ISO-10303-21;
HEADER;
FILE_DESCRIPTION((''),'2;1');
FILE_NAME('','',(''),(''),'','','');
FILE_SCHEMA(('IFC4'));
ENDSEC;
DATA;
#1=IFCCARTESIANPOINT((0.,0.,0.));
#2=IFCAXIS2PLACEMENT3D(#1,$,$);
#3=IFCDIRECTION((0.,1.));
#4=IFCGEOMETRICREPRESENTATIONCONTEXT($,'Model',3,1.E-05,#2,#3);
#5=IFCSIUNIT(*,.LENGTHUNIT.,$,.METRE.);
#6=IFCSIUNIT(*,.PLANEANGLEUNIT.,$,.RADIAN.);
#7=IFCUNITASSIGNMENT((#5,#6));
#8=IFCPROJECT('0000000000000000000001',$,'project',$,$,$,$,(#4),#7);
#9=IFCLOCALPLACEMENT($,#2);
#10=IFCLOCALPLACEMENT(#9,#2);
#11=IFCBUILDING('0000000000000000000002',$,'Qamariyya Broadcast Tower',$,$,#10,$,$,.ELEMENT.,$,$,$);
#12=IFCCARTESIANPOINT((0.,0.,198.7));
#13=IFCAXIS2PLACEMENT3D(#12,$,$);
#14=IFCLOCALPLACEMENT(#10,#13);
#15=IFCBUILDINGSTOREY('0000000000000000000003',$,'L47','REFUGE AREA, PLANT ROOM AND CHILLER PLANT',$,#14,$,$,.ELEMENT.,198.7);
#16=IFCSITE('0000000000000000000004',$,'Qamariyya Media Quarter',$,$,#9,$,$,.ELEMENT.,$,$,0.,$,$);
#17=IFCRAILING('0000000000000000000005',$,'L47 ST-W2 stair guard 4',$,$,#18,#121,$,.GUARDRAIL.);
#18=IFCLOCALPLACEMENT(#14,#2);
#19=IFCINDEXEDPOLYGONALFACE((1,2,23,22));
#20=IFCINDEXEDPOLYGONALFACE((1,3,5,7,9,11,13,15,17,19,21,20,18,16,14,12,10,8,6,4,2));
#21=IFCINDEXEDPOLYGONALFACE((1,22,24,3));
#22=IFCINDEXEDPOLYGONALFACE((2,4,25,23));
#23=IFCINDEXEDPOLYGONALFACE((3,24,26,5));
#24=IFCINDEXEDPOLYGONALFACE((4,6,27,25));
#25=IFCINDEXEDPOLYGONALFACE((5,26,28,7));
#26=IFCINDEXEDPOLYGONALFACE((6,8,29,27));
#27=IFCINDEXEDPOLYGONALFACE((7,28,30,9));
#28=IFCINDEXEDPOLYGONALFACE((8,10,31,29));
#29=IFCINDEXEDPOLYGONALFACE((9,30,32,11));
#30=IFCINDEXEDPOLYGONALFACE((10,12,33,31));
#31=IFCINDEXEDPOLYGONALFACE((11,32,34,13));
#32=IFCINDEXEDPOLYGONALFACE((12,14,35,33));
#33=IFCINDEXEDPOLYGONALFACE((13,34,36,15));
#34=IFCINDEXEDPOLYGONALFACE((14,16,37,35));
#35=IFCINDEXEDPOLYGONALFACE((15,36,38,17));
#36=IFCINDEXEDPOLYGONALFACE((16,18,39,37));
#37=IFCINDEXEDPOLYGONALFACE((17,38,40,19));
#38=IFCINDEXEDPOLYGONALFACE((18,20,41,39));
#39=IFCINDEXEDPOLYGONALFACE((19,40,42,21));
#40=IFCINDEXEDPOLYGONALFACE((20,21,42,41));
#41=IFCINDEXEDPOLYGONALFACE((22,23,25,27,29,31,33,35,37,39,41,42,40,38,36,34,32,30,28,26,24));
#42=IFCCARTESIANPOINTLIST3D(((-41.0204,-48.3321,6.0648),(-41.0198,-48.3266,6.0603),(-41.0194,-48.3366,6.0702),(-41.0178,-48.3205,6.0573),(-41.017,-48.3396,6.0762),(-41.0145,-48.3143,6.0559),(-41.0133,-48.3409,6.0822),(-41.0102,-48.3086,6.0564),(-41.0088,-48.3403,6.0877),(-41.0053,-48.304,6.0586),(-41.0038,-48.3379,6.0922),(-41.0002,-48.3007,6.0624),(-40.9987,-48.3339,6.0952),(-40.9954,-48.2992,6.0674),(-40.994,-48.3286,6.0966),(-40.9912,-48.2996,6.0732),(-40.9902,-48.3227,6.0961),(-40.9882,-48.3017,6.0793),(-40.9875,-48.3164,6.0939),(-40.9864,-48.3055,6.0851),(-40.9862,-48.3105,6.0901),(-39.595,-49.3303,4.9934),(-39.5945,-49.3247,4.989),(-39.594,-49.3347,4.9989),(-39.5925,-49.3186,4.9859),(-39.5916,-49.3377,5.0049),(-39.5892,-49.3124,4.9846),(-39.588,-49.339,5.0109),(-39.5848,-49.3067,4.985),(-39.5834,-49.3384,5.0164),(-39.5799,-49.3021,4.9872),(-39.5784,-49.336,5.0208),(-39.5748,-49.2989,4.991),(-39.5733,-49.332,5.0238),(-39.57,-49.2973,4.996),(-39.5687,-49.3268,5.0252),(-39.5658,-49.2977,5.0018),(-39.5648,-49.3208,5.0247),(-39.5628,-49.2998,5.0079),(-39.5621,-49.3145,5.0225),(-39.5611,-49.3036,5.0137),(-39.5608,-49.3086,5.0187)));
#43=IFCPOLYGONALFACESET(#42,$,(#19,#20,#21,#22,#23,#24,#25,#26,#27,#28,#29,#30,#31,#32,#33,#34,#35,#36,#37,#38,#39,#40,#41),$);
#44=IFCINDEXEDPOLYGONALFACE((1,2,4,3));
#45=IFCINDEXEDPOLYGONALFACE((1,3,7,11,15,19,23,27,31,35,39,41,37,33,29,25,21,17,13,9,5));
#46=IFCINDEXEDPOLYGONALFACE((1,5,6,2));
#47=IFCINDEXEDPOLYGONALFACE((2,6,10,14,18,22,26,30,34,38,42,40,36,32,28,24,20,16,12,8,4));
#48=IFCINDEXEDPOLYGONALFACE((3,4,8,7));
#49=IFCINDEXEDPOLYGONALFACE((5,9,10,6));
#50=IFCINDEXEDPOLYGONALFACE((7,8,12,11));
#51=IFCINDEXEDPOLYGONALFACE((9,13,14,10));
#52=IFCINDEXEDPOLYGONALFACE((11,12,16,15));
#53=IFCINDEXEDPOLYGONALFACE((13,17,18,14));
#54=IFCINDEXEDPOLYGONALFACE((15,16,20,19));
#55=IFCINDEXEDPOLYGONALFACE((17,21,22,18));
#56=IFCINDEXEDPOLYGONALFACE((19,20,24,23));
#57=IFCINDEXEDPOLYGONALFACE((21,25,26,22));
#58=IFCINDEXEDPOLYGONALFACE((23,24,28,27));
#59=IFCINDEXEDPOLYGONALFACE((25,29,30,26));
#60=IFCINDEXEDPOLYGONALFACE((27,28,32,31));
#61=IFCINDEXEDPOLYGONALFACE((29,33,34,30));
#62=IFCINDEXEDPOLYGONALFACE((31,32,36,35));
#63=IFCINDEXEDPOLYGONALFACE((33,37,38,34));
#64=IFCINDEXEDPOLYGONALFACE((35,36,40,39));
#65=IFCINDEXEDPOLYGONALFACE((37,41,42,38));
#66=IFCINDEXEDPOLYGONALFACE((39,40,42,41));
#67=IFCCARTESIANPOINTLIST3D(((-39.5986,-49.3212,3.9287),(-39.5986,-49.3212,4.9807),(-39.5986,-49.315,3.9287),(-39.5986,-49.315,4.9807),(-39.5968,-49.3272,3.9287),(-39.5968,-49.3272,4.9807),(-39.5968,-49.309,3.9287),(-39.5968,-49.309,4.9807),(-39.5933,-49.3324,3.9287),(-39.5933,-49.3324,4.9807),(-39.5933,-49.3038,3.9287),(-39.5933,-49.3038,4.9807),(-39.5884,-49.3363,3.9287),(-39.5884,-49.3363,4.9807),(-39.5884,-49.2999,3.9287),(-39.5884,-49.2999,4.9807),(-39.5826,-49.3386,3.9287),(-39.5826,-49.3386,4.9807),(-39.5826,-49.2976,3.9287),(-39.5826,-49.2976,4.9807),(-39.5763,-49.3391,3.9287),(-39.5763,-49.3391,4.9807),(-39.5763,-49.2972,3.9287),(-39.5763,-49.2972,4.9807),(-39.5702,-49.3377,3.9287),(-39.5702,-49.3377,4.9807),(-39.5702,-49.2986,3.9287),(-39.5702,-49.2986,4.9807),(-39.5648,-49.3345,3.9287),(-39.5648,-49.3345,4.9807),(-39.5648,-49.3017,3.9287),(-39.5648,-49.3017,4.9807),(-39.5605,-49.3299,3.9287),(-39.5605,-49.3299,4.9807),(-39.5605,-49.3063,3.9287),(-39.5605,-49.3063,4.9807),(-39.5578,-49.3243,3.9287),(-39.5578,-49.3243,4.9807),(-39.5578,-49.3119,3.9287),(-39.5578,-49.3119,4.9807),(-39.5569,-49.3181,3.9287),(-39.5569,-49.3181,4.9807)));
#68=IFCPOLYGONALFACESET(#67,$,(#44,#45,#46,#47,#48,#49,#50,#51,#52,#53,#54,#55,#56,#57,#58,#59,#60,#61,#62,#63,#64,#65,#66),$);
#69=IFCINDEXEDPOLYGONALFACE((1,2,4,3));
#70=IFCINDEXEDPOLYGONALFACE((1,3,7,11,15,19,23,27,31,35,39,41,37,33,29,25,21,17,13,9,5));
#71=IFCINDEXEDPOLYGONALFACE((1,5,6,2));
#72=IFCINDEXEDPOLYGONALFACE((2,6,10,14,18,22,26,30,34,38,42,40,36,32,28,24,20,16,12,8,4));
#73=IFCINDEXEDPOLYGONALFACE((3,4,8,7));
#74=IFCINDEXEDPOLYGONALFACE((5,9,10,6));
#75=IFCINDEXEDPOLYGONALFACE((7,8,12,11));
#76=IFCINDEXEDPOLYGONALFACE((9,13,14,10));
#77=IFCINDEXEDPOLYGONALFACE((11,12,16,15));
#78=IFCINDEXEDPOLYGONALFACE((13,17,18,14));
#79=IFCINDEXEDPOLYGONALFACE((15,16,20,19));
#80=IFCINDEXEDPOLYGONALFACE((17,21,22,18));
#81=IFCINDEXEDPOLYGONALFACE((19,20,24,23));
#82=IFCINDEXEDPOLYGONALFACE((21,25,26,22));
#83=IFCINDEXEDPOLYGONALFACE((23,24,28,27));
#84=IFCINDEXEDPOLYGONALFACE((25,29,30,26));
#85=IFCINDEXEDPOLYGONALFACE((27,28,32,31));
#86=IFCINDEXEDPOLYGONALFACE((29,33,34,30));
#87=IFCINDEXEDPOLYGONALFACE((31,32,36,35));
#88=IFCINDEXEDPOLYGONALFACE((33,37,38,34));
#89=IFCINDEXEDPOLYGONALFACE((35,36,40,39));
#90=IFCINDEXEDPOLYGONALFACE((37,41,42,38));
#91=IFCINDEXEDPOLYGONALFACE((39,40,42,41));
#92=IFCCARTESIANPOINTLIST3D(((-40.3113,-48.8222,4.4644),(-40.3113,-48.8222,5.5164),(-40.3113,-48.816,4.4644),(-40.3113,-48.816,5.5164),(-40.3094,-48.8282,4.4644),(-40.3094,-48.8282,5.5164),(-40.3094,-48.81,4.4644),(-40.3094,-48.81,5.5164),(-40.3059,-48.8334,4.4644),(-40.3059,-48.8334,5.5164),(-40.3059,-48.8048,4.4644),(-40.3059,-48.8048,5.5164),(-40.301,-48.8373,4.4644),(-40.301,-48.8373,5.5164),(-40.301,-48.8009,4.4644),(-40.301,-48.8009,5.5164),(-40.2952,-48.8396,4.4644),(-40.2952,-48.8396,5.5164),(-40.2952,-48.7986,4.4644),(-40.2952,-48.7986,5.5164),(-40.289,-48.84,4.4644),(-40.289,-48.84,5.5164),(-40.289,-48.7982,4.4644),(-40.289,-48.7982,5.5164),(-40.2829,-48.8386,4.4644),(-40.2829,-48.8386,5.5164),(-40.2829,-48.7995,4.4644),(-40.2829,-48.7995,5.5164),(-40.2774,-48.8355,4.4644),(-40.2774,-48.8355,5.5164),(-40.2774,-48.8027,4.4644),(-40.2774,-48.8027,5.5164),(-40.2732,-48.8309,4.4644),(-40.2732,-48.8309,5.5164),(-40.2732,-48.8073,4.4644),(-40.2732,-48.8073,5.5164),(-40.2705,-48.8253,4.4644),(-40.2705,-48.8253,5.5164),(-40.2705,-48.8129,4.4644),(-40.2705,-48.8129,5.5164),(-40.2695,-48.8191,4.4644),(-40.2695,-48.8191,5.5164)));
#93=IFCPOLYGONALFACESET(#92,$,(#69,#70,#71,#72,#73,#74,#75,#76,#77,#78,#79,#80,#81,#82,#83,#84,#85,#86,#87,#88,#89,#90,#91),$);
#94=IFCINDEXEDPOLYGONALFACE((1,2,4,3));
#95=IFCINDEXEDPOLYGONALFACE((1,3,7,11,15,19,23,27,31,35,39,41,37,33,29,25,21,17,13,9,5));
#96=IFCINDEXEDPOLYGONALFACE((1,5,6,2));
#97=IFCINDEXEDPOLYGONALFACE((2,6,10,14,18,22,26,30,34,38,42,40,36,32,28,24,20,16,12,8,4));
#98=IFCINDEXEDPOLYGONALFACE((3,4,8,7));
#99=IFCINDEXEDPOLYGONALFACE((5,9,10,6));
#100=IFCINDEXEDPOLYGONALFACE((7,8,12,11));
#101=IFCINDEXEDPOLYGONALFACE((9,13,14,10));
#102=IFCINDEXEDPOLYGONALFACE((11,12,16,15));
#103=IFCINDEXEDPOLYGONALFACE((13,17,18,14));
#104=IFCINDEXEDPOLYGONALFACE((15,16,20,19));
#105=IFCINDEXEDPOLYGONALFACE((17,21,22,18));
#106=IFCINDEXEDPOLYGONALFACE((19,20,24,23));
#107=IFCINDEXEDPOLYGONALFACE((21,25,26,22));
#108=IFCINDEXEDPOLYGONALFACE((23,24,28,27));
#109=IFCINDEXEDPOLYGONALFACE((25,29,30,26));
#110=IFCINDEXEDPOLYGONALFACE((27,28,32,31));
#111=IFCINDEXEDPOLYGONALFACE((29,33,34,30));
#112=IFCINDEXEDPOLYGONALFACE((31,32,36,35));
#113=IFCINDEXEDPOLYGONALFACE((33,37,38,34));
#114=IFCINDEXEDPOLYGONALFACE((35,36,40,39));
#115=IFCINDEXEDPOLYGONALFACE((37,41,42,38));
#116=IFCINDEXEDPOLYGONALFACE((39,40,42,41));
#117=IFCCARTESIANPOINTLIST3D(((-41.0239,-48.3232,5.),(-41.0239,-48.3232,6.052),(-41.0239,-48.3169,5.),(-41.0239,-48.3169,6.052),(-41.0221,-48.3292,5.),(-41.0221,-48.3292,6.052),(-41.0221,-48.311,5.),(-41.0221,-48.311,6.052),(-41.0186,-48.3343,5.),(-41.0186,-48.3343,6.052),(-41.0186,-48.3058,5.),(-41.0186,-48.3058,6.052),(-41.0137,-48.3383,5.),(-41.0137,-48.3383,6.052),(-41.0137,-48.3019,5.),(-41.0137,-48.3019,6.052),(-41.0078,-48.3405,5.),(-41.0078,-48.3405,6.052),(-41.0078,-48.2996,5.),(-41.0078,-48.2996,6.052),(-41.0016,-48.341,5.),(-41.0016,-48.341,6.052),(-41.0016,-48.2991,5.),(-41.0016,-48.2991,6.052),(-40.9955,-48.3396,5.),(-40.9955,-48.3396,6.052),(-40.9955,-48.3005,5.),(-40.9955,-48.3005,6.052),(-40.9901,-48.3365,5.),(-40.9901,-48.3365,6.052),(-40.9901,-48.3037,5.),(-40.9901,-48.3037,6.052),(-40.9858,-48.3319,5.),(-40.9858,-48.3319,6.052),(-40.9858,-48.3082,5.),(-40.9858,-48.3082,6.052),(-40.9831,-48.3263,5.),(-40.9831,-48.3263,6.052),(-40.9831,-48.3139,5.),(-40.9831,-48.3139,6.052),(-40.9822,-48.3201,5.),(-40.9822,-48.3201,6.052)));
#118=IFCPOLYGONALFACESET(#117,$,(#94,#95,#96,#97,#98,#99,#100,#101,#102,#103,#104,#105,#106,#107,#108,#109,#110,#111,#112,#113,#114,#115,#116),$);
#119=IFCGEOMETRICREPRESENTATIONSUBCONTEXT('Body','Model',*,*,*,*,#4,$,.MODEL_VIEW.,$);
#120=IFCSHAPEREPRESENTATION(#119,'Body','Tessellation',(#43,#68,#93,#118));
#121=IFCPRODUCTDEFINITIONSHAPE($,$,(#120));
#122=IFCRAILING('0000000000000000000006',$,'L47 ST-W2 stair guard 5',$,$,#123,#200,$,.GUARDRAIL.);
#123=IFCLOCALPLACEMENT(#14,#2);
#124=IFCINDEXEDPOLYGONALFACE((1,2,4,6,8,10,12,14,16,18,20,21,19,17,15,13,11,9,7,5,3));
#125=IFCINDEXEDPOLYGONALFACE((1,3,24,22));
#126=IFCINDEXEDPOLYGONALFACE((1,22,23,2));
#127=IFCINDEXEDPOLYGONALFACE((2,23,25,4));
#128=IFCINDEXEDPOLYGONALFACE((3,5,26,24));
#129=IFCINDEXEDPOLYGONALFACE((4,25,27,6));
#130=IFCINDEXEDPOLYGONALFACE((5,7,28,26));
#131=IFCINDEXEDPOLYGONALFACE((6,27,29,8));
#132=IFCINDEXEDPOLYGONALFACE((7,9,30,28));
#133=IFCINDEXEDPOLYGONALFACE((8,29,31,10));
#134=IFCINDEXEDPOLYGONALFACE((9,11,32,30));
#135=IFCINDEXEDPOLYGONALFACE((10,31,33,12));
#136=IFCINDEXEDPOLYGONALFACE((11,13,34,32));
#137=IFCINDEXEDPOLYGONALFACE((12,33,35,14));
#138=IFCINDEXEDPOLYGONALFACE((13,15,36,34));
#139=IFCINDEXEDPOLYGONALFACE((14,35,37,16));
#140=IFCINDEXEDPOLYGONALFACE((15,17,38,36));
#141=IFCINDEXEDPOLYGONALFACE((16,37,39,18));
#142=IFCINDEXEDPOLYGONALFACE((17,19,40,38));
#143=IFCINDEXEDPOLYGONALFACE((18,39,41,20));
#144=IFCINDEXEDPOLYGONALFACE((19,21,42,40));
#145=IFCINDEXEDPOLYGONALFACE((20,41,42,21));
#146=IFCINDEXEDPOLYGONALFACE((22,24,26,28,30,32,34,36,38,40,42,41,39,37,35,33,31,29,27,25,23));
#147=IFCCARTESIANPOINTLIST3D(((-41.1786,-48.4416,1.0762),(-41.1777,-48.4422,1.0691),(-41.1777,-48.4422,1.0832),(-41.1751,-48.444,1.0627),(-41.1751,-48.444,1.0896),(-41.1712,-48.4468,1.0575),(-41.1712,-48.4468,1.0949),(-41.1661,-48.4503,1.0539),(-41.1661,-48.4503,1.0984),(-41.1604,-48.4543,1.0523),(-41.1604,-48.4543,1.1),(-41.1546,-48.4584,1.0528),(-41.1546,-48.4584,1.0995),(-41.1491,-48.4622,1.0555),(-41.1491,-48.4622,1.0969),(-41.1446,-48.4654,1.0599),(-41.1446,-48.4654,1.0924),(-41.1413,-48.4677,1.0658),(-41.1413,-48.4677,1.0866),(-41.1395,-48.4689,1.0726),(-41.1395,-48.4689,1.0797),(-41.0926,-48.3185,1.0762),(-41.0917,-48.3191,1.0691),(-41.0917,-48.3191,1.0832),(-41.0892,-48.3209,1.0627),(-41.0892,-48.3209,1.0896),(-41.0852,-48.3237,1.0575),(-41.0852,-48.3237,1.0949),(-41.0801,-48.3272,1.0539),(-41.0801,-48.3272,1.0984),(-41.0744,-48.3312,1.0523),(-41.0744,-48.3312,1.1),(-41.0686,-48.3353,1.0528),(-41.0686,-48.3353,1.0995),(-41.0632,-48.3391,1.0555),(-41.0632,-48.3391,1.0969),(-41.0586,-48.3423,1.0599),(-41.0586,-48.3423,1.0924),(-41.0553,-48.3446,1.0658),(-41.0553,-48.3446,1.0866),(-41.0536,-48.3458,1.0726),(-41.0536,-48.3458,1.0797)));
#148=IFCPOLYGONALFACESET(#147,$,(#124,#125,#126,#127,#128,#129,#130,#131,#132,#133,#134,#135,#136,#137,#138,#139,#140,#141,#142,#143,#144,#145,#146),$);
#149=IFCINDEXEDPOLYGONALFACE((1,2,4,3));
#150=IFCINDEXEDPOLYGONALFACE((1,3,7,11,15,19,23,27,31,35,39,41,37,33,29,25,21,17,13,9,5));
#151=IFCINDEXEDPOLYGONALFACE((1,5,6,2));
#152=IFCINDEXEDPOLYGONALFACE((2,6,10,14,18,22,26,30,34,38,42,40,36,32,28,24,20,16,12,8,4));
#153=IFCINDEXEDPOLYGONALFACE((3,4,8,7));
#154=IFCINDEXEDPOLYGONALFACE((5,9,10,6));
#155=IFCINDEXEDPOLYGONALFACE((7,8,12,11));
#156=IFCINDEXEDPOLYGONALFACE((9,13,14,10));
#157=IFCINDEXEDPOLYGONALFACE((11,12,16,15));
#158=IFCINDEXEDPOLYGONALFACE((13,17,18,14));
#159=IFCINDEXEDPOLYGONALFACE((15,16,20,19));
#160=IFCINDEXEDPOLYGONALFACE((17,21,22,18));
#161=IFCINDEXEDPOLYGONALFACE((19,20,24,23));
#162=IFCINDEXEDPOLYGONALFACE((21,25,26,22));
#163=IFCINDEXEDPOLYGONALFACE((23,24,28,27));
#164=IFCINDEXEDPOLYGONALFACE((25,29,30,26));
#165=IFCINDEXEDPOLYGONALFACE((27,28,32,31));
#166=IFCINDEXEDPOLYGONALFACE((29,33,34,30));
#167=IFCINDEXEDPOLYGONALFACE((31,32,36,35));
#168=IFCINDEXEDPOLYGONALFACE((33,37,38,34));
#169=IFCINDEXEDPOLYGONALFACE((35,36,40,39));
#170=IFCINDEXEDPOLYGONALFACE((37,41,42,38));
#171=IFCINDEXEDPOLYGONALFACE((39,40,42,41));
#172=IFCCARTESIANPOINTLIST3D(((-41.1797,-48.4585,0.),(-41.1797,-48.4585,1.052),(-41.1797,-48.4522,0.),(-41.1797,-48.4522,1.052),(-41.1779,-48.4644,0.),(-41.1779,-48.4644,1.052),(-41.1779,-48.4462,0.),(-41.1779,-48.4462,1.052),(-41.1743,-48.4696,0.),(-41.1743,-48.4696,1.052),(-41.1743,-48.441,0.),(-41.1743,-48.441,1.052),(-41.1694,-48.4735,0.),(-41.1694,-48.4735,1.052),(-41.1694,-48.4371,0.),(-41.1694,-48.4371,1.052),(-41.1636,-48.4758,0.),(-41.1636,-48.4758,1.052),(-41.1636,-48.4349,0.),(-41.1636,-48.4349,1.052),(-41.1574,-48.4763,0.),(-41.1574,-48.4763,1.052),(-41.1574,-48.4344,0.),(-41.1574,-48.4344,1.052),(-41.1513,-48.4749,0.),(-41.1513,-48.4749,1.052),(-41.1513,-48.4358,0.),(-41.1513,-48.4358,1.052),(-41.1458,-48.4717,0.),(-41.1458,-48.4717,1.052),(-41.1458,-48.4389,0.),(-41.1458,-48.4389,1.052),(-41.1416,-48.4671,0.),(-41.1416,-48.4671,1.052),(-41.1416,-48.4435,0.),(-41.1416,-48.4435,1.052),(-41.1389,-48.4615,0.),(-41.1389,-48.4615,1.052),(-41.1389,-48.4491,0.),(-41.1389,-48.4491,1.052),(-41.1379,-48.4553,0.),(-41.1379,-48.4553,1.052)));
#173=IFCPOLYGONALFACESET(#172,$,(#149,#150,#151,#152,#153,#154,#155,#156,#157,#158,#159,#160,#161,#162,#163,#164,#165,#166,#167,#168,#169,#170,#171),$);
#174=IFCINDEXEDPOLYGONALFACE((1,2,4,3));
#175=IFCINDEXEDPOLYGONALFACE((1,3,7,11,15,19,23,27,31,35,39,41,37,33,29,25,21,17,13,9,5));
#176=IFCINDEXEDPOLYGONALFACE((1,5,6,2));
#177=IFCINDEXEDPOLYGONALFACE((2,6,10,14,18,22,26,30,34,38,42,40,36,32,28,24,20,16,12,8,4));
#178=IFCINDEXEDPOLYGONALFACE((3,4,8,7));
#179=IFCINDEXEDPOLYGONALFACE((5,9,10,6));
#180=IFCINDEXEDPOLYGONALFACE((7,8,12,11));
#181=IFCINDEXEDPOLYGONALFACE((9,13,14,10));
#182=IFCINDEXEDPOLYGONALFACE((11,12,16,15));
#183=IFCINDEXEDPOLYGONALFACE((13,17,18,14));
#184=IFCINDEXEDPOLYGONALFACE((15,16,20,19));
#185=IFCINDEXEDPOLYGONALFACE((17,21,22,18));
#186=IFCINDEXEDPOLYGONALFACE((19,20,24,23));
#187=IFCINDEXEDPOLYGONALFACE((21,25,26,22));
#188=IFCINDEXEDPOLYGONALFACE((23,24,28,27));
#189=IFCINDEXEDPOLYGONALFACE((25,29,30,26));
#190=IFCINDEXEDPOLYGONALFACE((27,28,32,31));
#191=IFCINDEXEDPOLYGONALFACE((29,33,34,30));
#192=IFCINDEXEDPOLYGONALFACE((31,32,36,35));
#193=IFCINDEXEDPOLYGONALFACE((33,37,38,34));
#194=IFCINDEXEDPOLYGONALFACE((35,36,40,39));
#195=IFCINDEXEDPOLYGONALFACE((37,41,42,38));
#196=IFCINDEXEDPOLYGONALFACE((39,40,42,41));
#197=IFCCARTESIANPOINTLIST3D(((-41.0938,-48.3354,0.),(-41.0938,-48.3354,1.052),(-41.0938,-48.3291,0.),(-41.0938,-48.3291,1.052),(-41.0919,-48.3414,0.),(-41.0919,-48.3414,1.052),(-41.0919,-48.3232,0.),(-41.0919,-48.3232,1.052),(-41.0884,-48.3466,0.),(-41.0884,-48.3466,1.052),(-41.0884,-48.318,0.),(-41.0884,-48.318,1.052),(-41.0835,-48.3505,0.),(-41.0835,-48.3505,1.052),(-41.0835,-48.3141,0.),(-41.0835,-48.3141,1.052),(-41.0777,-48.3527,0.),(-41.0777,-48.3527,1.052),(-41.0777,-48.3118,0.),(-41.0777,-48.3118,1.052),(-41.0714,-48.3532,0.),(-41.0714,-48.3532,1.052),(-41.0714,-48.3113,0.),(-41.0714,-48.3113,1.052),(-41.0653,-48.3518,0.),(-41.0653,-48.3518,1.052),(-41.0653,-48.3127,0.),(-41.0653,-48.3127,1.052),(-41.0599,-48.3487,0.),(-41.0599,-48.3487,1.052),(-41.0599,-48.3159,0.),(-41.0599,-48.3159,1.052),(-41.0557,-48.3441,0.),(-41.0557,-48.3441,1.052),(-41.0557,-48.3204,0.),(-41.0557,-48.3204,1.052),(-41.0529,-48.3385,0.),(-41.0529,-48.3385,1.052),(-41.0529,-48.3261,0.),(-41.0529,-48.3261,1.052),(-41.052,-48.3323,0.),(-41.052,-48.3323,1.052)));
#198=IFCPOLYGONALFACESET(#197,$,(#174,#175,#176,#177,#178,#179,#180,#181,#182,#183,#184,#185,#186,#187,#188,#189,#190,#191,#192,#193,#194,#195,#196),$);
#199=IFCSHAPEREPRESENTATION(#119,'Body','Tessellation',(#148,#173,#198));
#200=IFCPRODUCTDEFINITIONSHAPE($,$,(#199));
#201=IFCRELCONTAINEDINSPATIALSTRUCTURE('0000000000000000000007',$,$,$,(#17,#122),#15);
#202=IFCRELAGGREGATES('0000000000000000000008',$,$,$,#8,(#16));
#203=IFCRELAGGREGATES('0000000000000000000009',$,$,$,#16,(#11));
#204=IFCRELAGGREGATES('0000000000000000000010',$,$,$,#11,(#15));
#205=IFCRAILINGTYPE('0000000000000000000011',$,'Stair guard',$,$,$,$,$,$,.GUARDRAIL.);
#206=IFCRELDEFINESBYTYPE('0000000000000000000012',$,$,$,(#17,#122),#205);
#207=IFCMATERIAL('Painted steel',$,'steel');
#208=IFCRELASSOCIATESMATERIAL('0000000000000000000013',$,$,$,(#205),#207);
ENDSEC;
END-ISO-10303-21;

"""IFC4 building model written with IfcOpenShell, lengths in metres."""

from ifc_helpers import new_model, si_unit, direction, frame, origin, origin_2d, place, context, subcontext, project, spatial, circle, extrude, material, type_object, element, save


model = new_model("IFC4")

# Units and contexts
model_context = context("Model", 3, precision=1e-05, world=origin(), true_north=direction((0.0, 1.0)))
body_context = subcontext(model_context, "Body", "Model", "MODEL_VIEW")
ifc_project = project(units=[si_unit("LENGTHUNIT", "METRE"), si_unit("PLANEANGLEUNIT", "RADIAN")], contexts=[model_context])

# Site, building, storey
site_placement = place(None, origin())
site = spatial("IfcSite", under=ifc_project, at=site_placement, Name="Qamariyya Media Quarter", CompositionType="ELEMENT", RefElevation=0.0)
building_placement = place(site_placement, origin())
building = spatial("IfcBuilding", under=site, at=building_placement, Name="Qamariyya Broadcast Tower", CompositionType="ELEMENT")
storey_placement = place(building_placement, frame((0.0, 0.0, 198.7)))
storey = spatial("IfcBuildingStorey", under=building, at=storey_placement, Name="L47", Description="REFUGE AREA, PLANT ROOM AND CHILLER PLANT", CompositionType="ELEMENT", Elevation=198.7)

# Railings
ifc_material_1 = material(Name="Painted steel", Category="steel")
railing_type_1 = type_object("IfcRailingType", Name="Stair guard", PredefinedType="GUARDRAIL", material=ifc_material_1)
railing_1_placement = place(storey_placement, frame((-39.5779, -49.3181, 3.9287)))
element("IfcRailing", 1, at=railing_1_placement, inside=storey, type_object=railing_type_1, Name="L47 ST-W2 stair guard 4", PredefinedType="GUARDRAIL", context=body_context, shape_type="SweptSolid", body=[
    extrude(circle(Radius=0.0239, at=origin_2d()), frame((0.0, 0.0, 1.0762), z_axis=(-0.697533, 0.48844, 0.524285), x_axis=(-0.573594, -0.81914, 0.0)), (0.0, 0.0, 1.0), 2.0435),
    extrude(circle(Radius=0.021, at=origin_2d()), origin(), (0.0, 0.0, 1.0), 1.052),
    extrude(circle(Radius=0.021, at=origin_2d()), frame((-0.7126, 0.499, 0.5356)), (0.0, 0.0, 1.0), 1.052),
    extrude(circle(Radius=0.021, at=origin_2d()), frame((-1.4253, 0.998, 1.0713)), (0.0, 0.0, 1.0), 1.052),
])
railing_2_placement = place(storey_placement, frame((-41.1589, -48.4553, 0.0)))
element("IfcRailing", 2, at=railing_2_placement, inside=storey, type_object=railing_type_1, Name="L47 ST-W2 stair guard 5", PredefinedType="GUARDRAIL", context=body_context, shape_type="SweptSolid", body=[
    extrude(circle(Radius=0.0239, at=origin_2d()), frame((0.0, 0.0, 1.0762), z_axis=(0.572589, 0.819843, 0.0), x_axis=(-0.819843, 0.572589, 0.0)), (0.0, 0.0, 1.0), 0.1501),
    extrude(circle(Radius=0.021, at=origin_2d()), origin(), (0.0, 0.0, 1.0), 1.052),
    extrude(circle(Radius=0.021, at=origin_2d()), frame((0.0859, 0.123, 0.0)), (0.0, 0.0, 1.0), 1.052),
])

save(model, "model.ifc")
